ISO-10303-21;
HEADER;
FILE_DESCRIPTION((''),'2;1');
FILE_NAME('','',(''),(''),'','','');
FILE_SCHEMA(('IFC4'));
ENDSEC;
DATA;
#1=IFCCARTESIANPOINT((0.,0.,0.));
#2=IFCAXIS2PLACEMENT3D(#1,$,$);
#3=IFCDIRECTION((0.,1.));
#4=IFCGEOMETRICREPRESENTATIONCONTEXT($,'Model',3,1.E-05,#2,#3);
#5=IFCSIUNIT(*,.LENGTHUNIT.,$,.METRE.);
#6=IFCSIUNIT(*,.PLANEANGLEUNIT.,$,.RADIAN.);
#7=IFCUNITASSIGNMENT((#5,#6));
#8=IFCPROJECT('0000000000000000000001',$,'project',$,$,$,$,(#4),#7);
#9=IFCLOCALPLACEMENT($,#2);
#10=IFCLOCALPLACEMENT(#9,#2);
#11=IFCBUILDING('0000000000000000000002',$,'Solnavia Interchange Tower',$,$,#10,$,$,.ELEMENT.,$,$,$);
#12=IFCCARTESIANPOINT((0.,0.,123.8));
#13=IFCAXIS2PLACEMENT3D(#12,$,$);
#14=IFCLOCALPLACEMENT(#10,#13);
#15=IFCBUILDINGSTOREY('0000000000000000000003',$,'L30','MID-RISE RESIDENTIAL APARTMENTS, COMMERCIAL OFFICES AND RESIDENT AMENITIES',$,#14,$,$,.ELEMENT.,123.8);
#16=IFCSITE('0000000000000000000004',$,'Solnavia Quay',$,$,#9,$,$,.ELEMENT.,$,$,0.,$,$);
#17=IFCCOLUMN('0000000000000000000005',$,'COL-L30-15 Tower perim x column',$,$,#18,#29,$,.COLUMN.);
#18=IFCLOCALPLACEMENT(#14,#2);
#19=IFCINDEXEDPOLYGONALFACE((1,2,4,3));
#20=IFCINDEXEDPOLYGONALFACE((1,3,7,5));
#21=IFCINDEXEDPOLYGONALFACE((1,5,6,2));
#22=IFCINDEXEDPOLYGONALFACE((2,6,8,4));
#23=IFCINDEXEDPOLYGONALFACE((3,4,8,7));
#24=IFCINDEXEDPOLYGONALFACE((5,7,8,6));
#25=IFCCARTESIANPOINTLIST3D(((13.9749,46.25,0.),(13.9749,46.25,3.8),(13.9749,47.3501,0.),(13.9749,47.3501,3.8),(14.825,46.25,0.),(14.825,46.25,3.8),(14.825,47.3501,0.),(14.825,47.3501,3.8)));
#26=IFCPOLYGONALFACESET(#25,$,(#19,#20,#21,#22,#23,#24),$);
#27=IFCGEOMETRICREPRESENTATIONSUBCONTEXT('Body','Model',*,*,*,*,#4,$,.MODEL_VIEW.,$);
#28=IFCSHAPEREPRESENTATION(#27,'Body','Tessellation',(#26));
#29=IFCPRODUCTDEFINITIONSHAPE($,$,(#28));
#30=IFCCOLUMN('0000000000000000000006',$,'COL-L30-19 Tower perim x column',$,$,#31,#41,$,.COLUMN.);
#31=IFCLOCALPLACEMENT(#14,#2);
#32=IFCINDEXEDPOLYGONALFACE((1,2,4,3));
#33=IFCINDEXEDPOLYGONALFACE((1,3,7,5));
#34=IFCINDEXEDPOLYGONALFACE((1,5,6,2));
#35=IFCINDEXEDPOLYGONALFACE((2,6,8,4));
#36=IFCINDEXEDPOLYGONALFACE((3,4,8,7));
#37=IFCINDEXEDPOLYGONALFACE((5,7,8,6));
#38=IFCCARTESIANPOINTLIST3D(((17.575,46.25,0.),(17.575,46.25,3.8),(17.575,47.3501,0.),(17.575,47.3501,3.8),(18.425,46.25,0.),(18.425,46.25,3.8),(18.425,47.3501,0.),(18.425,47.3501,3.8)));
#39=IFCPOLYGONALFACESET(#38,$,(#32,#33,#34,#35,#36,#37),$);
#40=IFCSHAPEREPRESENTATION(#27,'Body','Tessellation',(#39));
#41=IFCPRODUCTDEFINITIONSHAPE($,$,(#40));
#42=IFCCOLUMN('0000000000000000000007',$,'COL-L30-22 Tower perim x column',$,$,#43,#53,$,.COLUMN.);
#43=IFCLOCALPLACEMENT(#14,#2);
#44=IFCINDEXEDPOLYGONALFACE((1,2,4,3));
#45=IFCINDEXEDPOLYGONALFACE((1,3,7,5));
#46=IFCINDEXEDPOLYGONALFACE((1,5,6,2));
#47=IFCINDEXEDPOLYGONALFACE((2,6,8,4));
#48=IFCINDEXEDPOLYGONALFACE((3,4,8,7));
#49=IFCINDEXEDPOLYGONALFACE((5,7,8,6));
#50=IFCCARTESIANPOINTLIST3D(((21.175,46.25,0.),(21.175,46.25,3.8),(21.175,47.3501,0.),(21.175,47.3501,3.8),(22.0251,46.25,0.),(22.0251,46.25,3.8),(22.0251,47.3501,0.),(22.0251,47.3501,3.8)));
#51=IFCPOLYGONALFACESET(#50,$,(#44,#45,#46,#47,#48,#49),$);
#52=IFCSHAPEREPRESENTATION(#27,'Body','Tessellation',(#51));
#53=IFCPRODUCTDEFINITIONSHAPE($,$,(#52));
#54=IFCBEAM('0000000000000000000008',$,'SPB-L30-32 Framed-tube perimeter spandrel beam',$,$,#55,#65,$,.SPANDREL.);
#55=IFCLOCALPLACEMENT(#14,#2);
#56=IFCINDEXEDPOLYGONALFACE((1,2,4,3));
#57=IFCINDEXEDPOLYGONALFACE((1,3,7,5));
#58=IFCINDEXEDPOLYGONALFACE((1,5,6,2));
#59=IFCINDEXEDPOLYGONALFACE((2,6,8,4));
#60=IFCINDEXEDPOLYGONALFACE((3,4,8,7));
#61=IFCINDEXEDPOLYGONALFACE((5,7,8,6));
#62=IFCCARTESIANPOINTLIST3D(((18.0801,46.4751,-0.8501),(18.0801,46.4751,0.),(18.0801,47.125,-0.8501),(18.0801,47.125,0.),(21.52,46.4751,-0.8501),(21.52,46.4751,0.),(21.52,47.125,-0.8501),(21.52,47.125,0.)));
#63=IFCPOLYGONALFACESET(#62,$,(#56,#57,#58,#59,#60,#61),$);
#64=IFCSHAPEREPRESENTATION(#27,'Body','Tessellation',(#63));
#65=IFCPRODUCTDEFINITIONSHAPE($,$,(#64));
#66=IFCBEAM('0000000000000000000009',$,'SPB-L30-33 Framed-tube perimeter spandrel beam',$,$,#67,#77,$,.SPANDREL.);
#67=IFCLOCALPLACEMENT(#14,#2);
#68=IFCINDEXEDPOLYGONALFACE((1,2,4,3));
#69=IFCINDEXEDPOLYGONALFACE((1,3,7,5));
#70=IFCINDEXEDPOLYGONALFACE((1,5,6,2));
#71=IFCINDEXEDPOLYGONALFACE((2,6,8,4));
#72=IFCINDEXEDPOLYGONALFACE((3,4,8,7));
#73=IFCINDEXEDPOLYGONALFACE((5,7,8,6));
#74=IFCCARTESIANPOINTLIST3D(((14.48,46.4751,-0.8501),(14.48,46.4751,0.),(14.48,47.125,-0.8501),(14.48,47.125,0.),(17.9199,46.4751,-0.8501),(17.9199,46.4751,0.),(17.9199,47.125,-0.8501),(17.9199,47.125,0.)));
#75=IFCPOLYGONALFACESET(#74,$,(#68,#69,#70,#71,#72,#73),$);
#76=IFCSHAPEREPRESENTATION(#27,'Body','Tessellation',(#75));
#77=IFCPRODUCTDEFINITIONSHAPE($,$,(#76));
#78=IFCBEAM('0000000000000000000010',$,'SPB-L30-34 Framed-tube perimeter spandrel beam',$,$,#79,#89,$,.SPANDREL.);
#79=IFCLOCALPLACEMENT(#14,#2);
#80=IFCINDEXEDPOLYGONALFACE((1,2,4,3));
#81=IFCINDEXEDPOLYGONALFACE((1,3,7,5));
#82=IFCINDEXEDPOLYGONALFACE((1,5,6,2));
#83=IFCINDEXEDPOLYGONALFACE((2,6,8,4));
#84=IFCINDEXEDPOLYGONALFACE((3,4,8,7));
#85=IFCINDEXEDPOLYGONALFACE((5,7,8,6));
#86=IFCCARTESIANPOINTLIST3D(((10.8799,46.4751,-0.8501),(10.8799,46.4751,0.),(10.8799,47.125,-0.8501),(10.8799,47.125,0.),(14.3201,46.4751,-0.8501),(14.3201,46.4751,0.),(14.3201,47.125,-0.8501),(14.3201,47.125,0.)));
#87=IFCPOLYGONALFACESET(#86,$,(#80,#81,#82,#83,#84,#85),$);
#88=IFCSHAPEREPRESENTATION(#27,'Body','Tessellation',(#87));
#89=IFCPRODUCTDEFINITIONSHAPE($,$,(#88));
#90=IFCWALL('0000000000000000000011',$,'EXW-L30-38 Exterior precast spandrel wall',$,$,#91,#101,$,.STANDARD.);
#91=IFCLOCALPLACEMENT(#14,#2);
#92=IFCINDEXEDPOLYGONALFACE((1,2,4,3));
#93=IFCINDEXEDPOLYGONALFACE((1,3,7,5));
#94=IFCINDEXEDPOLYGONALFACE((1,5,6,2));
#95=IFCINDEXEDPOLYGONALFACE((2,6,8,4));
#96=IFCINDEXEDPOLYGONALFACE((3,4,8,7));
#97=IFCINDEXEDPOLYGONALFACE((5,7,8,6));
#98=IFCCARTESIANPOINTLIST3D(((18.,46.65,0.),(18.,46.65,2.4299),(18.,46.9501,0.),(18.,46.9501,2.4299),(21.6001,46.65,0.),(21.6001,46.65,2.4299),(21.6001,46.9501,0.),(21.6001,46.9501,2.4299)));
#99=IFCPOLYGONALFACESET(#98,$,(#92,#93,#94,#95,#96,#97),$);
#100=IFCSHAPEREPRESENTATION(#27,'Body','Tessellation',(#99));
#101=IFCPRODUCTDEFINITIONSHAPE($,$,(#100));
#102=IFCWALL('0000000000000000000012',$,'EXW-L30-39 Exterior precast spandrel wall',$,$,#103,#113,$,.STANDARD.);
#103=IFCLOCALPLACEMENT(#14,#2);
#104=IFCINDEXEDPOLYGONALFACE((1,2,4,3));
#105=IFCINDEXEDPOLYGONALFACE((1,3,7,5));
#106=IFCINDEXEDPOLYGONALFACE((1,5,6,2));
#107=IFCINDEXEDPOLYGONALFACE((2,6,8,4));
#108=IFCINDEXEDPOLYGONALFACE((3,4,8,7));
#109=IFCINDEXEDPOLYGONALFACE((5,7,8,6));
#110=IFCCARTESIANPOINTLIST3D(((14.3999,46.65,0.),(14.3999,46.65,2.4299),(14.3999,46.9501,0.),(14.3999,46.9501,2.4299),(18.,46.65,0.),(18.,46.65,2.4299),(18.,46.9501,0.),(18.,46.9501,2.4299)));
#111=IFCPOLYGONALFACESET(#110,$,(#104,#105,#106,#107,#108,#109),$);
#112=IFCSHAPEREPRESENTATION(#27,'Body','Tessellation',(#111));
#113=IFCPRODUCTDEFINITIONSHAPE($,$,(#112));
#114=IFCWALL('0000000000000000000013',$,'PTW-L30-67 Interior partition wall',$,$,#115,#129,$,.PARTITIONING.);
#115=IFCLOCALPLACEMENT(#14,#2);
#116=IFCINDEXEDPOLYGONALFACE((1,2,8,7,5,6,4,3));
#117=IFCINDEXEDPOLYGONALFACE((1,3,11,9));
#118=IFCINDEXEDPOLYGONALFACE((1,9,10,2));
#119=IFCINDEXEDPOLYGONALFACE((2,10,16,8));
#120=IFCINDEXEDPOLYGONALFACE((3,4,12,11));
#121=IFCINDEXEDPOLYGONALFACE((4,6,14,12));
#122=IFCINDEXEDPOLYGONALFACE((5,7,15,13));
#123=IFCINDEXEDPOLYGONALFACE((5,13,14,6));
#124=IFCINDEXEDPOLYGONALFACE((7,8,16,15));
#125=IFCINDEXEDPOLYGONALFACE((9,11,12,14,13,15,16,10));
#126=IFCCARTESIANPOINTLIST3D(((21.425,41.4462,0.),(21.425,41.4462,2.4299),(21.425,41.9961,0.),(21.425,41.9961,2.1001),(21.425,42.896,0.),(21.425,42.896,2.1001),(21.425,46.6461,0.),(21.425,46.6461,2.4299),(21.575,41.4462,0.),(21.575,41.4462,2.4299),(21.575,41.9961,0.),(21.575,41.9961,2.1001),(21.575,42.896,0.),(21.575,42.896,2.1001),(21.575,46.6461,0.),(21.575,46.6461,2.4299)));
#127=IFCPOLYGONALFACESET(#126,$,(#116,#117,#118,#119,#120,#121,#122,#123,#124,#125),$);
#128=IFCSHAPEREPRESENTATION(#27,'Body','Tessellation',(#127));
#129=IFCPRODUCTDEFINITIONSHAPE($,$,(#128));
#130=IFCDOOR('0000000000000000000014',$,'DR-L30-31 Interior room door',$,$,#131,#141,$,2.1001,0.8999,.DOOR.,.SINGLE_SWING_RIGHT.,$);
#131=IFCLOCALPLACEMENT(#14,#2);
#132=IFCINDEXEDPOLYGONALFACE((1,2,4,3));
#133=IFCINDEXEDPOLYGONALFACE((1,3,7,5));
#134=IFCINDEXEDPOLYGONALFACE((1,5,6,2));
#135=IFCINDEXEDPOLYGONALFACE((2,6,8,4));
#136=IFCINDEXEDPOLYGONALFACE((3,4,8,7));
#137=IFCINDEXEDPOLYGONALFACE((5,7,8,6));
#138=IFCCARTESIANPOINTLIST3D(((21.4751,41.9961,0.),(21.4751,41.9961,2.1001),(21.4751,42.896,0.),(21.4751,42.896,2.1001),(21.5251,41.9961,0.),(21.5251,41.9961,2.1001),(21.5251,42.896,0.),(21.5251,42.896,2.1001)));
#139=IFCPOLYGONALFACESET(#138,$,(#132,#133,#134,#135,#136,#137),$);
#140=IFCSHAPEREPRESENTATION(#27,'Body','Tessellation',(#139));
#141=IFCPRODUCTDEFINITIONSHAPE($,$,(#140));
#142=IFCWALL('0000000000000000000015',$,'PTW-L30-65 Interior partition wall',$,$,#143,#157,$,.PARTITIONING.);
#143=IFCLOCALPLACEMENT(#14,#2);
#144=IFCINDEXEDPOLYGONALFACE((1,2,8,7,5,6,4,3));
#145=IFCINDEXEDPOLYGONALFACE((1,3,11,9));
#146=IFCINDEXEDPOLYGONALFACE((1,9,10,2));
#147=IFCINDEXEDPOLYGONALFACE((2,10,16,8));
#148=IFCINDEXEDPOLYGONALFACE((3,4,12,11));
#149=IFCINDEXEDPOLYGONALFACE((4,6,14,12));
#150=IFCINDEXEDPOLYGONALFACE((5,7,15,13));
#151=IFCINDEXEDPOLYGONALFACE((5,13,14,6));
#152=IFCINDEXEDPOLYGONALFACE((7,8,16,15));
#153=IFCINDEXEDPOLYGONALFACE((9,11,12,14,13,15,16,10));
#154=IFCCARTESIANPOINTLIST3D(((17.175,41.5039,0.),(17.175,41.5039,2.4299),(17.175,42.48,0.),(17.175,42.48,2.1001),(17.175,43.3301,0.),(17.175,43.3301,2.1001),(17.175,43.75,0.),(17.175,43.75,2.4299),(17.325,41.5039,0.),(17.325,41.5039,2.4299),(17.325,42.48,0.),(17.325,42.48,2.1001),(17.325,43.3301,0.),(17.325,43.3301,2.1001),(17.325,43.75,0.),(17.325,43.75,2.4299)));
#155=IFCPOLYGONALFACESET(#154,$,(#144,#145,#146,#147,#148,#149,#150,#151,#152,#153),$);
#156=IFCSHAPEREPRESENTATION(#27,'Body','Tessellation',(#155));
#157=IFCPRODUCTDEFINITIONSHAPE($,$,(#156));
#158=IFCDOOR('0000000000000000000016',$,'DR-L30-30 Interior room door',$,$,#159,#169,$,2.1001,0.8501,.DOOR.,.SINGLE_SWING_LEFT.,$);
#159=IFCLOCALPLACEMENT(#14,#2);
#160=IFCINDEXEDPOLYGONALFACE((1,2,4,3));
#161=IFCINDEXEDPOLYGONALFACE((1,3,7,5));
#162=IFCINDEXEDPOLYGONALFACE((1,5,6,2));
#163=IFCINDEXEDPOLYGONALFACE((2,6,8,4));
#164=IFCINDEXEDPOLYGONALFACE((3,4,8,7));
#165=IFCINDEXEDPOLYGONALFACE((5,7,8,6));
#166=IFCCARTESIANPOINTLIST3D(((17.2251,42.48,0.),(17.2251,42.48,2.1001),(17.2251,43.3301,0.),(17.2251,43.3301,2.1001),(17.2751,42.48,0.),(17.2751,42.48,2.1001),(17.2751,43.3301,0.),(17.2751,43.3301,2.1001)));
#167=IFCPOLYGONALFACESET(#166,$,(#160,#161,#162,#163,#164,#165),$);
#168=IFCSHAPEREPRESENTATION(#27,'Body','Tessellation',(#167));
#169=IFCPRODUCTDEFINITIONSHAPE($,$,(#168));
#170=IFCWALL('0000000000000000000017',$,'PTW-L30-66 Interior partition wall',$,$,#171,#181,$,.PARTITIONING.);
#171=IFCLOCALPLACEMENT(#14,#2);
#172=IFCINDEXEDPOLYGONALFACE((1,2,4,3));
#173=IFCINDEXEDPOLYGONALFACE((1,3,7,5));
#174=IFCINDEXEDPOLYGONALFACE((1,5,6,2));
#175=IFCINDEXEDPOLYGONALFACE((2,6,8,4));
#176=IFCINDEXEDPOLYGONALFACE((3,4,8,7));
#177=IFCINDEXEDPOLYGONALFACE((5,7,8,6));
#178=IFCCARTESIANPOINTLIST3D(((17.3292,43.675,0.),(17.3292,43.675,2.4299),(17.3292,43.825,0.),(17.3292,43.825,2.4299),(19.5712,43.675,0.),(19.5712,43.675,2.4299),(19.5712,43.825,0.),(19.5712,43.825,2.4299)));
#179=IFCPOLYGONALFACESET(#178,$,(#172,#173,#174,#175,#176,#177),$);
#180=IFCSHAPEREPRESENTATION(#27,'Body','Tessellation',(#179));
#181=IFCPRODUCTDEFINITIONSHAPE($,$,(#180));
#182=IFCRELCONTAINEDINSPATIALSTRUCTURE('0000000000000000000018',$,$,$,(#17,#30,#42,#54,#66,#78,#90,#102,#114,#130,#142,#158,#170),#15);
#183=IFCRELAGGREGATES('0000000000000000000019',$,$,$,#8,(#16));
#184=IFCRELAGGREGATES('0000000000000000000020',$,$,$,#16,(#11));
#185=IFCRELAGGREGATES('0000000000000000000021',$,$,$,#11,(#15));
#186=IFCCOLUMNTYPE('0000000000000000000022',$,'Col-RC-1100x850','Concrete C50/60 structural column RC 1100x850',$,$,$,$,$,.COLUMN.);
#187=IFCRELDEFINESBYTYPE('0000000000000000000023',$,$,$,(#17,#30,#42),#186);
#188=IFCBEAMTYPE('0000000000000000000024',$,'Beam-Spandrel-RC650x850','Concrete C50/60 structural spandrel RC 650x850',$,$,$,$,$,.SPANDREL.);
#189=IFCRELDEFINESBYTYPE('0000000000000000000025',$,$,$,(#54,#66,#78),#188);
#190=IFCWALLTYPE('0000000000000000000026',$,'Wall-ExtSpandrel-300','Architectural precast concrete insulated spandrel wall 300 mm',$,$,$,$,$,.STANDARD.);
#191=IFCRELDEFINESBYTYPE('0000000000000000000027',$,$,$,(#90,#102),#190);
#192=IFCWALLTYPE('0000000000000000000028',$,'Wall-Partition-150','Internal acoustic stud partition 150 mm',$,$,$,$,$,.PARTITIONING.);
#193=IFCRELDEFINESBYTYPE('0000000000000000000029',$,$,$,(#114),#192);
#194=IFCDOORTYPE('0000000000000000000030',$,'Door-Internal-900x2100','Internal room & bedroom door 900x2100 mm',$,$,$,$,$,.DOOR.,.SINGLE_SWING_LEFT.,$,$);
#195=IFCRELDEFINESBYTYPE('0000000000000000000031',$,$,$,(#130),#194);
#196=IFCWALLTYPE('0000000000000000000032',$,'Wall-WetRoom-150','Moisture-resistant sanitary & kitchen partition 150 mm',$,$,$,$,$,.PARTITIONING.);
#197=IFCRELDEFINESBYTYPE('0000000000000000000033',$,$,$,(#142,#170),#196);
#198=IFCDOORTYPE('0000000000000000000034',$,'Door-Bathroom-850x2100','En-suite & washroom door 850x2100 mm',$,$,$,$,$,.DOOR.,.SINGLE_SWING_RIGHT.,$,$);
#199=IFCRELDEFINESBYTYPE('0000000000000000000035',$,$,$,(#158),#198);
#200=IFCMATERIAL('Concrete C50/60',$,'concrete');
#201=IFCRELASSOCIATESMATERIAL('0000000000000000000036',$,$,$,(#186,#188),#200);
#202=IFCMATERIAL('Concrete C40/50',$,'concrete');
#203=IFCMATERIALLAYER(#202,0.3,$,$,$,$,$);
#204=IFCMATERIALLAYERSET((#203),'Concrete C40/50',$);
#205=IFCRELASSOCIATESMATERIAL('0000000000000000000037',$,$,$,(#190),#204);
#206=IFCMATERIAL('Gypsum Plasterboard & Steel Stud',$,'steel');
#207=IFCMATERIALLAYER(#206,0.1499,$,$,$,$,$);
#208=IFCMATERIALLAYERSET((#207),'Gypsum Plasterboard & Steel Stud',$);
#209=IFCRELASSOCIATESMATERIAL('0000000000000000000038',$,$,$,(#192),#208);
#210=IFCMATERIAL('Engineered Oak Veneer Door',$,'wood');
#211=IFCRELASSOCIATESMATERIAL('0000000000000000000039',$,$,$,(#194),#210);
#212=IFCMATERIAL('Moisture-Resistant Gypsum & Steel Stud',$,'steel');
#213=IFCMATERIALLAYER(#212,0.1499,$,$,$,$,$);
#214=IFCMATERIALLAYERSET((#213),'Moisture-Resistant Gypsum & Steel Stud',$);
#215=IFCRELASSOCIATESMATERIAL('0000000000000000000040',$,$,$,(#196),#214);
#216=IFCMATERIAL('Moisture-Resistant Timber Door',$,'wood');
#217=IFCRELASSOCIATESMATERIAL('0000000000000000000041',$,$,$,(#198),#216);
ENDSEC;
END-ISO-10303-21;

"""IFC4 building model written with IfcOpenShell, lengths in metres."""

from ifc_helpers import new_model, si_unit, direction, frame, frame_2d, origin, origin_2d, place, context, subcontext, project, spatial, rectangle, extrude, material, layer, layer_set, material_profile, profile_set, type_object, element, fill, save


model = new_model("IFC4")

# Units and contexts
model_context = context("Model", 3, precision=1e-05, world=origin(), true_north=direction((0.0, 1.0)))
body_context = subcontext(model_context, "Body", "Model", "MODEL_VIEW")
ifc_project = project(units=[si_unit("LENGTHUNIT", "METRE"), si_unit("PLANEANGLEUNIT", "RADIAN")], contexts=[model_context])

# Site, building, storey
site_placement = place(None, origin())
site = spatial("IfcSite", under=ifc_project, at=site_placement, Name="Solnavia Quay", CompositionType="ELEMENT", RefElevation=0.0)
building_placement = place(site_placement, origin())
building = spatial("IfcBuilding", under=site, at=building_placement, Name="Solnavia Interchange Tower", CompositionType="ELEMENT")
storey_placement = place(building_placement, frame((0.0, 0.0, 123.8)))
storey = spatial("IfcBuildingStorey", under=building, at=storey_placement, Name="L30", Description="MID-RISE RESIDENTIAL APARTMENTS, COMMERCIAL OFFICES AND RESIDENT AMENITIES", CompositionType="ELEMENT", Elevation=123.8)

# Columns
ifc_material_1 = material(Name="Concrete C50/60", Category="concrete")
ifc_material_profile_1 = material_profile(ifc_material_1, rectangle(XDim=0.8501, YDim=1.1001, at=origin_2d()), Name="RC 1100x850")
ifc_profile_set_1 = profile_set([ifc_material_profile_1], Name="Concrete C50/60")
column_type = type_object("IfcColumnType", Name="Col-RC-1100x850", Description="Concrete C50/60 structural column RC 1100x850", PredefinedType="COLUMN", material=ifc_profile_set_1)
for number, where, z_axis, x_axis, name in (
    (1, (14.3999, 46.8, 0.0), (0.0, 0.0, 1.0), (1.0, 0.0, 0.0), "COL-L30-15 Tower perim x column"),
    (2, (18.0, 46.8, 0.0), (0.0, 0.0, 1.0), (1.0, 0.0, 0.0), "COL-L30-19 Tower perim x column"),
    (3, (21.6001, 46.8, 0.0), (0.0, 0.0, 1.0), (1.0, 0.0, 0.0), "COL-L30-22 Tower perim x column"),
):
    element("IfcColumn", number, at=place(storey_placement, frame(where, z_axis=z_axis, x_axis=x_axis)), inside=storey, type_object=column_type, Name=name, PredefinedType="COLUMN", context=body_context, shape_type="SweptSolid", body=[
        extrude(rectangle(XDim=0.8501, YDim=1.1001, at=origin_2d()), origin(), (0.0, 0.0, 1.0), 3.8),
    ])

# Beams
ifc_material_profile_2 = material_profile(ifc_material_1, rectangle(XDim=0.6499, YDim=0.8501, at=origin_2d()), Name="RC 650x850")
ifc_profile_set_2 = profile_set([ifc_material_profile_2], Name="Concrete C50/60")
beam_type = type_object("IfcBeamType", Name="Beam-Spandrel-RC650x850", Description="Concrete C50/60 structural spandrel RC 650x850", PredefinedType="SPANDREL", material=ifc_profile_set_2)
for number, where, z_axis, x_axis, name in (
    (4, (21.52, 46.8, -0.425), (-1.0, 0.0, 0.0), (0.0, -1.0, 0.0), "SPB-L30-32 Framed-tube perimeter spandrel beam"),
    (5, (17.9199, 46.8, -0.425), (-1.0, 0.0, 0.0), (0.0, -1.0, 0.0), "SPB-L30-33 Framed-tube perimeter spandrel beam"),
):
    element("IfcBeam", number, at=place(storey_placement, frame(where, z_axis=z_axis, x_axis=x_axis)), inside=storey, type_object=beam_type, Name=name, PredefinedType="SPANDREL", context=body_context, shape_type="SweptSolid", body=[
        extrude(rectangle(XDim=0.6499, YDim=0.8501, at=origin_2d()), origin(), (0.0, 0.0, 1.0), 3.4399),
    ])
beam_placement = place(storey_placement, frame((14.3201, 46.8, -0.425), z_axis=(-1.0, 0.0, 0.0), x_axis=(0.0, -1.0, 0.0)))
element("IfcBeam", 6, at=beam_placement, inside=storey, type_object=beam_type, Name="SPB-L30-34 Framed-tube perimeter spandrel beam", PredefinedType="SPANDREL", context=body_context, shape_type="SweptSolid", body=[
    extrude(rectangle(XDim=0.6499, YDim=0.8501, at=origin_2d()), origin(), (0.0, 0.0, 1.0), 3.4402),
])

# Walls
ifc_material_2 = material(Name="Concrete C40/50", Category="concrete")
ifc_layer_1 = layer(ifc_material_2, 0.3)
ifc_layer_set_1 = layer_set([ifc_layer_1], Name="Concrete C40/50")
wall_type_1 = type_object("IfcWallType", Name="Wall-ExtSpandrel-300", Description="Architectural precast concrete insulated spandrel wall 300 mm", PredefinedType="STANDARD", material=ifc_layer_set_1)
for number, where, z_axis, x_axis, name in (
    (7, (18.0, 46.8, 0.0), (0.0, 0.0, 1.0), (1.0, 0.0, 0.0), "EXW-L30-38 Exterior precast spandrel wall"),
    (8, (14.3999, 46.8, 0.0), (0.0, 0.0, 1.0), (1.0, 0.0, 0.0), "EXW-L30-39 Exterior precast spandrel wall"),
):
    element("IfcWall", number, at=place(storey_placement, frame(where, z_axis=z_axis, x_axis=x_axis)), inside=storey, type_object=wall_type_1, Name=name, PredefinedType="STANDARD", context=body_context, shape_type="SweptSolid", body=[
        extrude(rectangle(XDim=3.6001, YDim=0.3, at=frame_2d((1.8, 0.0))), origin(), (0.0, 0.0, 1.0), 2.4299),
    ])

# Walls, openings, doors
ifc_material_3 = material(Name="Gypsum Plasterboard & Steel Stud", Category="steel")
ifc_layer_2 = layer(ifc_material_3, 0.1499)
ifc_layer_set_2 = layer_set([ifc_layer_2], Name="Gypsum Plasterboard & Steel Stud")
wall_type_2 = type_object("IfcWallType", Name="Wall-Partition-150", Description="Internal acoustic stud partition 150 mm", PredefinedType="PARTITIONING", material=ifc_layer_set_2)
wall_1_placement = place(storey_placement, frame((21.5, 41.446, 0.0), z_axis=(0.0, 0.0, 1.0), x_axis=(0.0, 1.0, 0.0)))
wall_1 = element("IfcWall", 9, at=wall_1_placement, inside=storey, type_object=wall_type_2, Name="PTW-L30-67 Interior partition wall", PredefinedType="PARTITIONING", context=body_context, shape_type="SweptSolid", body=[
    extrude(rectangle(XDim=5.2, YDim=0.1499, at=frame_2d((2.6001, 0.0))), origin(), (0.0, 0.0, 1.0), 2.4299),
])
opening_1_placement = place(wall_1_placement, frame((0.55, 0.0, 0.0)))
opening_1 = element("IfcOpeningElement", 10, at=opening_1_placement, cuts=wall_1, PredefinedType="OPENING", context=body_context, shape_type="SweptSolid", body=[
    extrude(rectangle(XDim=0.8999, YDim=2.1001, at=frame_2d((0.45, 1.05))), frame((0.0, 0.085, 0.0), z_axis=(0.0, -1.0, 0.0), x_axis=(1.0, 0.0, 0.0)), (0.0, 0.0, 1.0), 0.1699),
])
ifc_material_4 = material(Name="Engineered Oak Veneer Door", Category="wood")
door_type_1 = type_object("IfcDoorType", Name="Door-Internal-900x2100", Description="Internal room & bedroom door 900x2100 mm", OperationType="SINGLE_SWING_LEFT", PredefinedType="DOOR", material=ifc_material_4)
door_1_placement = place(opening_1_placement, origin())
door_1 = element("IfcDoor", 11, at=door_1_placement, inside=storey, type_object=door_type_1, Name="DR-L30-31 Interior room door", OperationType="SINGLE_SWING_RIGHT", OverallHeight=2.1001, OverallWidth=0.8999, PredefinedType="DOOR", context=body_context, shape_type="SweptSolid", body=[
    extrude(rectangle(XDim=0.8999, YDim=2.1001, at=frame_2d((0.45, 1.05))), frame((0.0, 0.0249, 0.0), z_axis=(0.0, -1.0, 0.0), x_axis=(1.0, 0.0, 0.0)), (0.0, 0.0, 1.0), 0.05),
])
fill(opening_1, door_1)
ifc_material_5 = material(Name="Moisture-Resistant Gypsum & Steel Stud", Category="steel")
ifc_layer_3 = layer(ifc_material_5, 0.1499)
ifc_layer_set_3 = layer_set([ifc_layer_3], Name="Moisture-Resistant Gypsum & Steel Stud")
wall_type_3 = type_object("IfcWallType", Name="Wall-WetRoom-150", Description="Moisture-resistant sanitary & kitchen partition 150 mm", PredefinedType="PARTITIONING", material=ifc_layer_set_3)
wall_2_placement = place(storey_placement, frame((17.25, 41.5039, 0.0), z_axis=(0.0, 0.0, 1.0), x_axis=(0.0, 1.0, 0.0)))
wall_2 = element("IfcWall", 12, at=wall_2_placement, inside=storey, type_object=wall_type_3, Name="PTW-L30-65 Interior partition wall", PredefinedType="PARTITIONING", context=body_context, shape_type="SweptSolid", body=[
    extrude(rectangle(XDim=2.2461, YDim=0.1499, at=frame_2d((1.123, 0.0))), origin(), (0.0, 0.0, 1.0), 2.4299),
])
opening_2_placement = place(wall_2_placement, frame((0.9761, 0.0, 0.0)))
opening_2 = element("IfcOpeningElement", 13, at=opening_2_placement, cuts=wall_2, PredefinedType="OPENING", context=body_context, shape_type="SweptSolid", body=[
    extrude(rectangle(XDim=0.8501, YDim=2.1001, at=frame_2d((0.425, 1.05))), frame((0.0, 0.085, 0.0), z_axis=(0.0, -1.0, 0.0), x_axis=(1.0, 0.0, 0.0)), (0.0, 0.0, 1.0), 0.1699),
])
ifc_material_6 = material(Name="Moisture-Resistant Timber Door", Category="wood")
door_type_2 = type_object("IfcDoorType", Name="Door-Bathroom-850x2100", Description="En-suite & washroom door 850x2100 mm", OperationType="SINGLE_SWING_RIGHT", PredefinedType="DOOR", material=ifc_material_6)
door_2_placement = place(opening_2_placement, origin())
door_2 = element("IfcDoor", 14, at=door_2_placement, inside=storey, type_object=door_type_2, Name="DR-L30-30 Interior room door", OperationType="SINGLE_SWING_LEFT", OverallHeight=2.1001, OverallWidth=0.8501, PredefinedType="DOOR", context=body_context, shape_type="SweptSolid", body=[
    extrude(rectangle(XDim=0.8501, YDim=2.1001, at=frame_2d((0.425, 1.05))), frame((0.0, 0.0249, 0.0), z_axis=(0.0, -1.0, 0.0), x_axis=(1.0, 0.0, 0.0)), (0.0, 0.0, 1.0), 0.05),
])
fill(opening_2, door_2)

# Wall
wall_3_placement = place(storey_placement, frame((17.3291, 43.75, 0.0), z_axis=(0.0, 0.0, 1.0), x_axis=(1.0, 0.0, 0.0)))
element("IfcWall", 15, at=wall_3_placement, inside=storey, type_object=wall_type_3, Name="PTW-L30-66 Interior partition wall", PredefinedType="PARTITIONING", context=body_context, shape_type="SweptSolid", body=[
    extrude(rectangle(XDim=2.2419, YDim=0.1499, at=frame_2d((1.1211, 0.0))), origin(), (0.0, 0.0, 1.0), 2.4299),
])

save(model, "model.ifc")
